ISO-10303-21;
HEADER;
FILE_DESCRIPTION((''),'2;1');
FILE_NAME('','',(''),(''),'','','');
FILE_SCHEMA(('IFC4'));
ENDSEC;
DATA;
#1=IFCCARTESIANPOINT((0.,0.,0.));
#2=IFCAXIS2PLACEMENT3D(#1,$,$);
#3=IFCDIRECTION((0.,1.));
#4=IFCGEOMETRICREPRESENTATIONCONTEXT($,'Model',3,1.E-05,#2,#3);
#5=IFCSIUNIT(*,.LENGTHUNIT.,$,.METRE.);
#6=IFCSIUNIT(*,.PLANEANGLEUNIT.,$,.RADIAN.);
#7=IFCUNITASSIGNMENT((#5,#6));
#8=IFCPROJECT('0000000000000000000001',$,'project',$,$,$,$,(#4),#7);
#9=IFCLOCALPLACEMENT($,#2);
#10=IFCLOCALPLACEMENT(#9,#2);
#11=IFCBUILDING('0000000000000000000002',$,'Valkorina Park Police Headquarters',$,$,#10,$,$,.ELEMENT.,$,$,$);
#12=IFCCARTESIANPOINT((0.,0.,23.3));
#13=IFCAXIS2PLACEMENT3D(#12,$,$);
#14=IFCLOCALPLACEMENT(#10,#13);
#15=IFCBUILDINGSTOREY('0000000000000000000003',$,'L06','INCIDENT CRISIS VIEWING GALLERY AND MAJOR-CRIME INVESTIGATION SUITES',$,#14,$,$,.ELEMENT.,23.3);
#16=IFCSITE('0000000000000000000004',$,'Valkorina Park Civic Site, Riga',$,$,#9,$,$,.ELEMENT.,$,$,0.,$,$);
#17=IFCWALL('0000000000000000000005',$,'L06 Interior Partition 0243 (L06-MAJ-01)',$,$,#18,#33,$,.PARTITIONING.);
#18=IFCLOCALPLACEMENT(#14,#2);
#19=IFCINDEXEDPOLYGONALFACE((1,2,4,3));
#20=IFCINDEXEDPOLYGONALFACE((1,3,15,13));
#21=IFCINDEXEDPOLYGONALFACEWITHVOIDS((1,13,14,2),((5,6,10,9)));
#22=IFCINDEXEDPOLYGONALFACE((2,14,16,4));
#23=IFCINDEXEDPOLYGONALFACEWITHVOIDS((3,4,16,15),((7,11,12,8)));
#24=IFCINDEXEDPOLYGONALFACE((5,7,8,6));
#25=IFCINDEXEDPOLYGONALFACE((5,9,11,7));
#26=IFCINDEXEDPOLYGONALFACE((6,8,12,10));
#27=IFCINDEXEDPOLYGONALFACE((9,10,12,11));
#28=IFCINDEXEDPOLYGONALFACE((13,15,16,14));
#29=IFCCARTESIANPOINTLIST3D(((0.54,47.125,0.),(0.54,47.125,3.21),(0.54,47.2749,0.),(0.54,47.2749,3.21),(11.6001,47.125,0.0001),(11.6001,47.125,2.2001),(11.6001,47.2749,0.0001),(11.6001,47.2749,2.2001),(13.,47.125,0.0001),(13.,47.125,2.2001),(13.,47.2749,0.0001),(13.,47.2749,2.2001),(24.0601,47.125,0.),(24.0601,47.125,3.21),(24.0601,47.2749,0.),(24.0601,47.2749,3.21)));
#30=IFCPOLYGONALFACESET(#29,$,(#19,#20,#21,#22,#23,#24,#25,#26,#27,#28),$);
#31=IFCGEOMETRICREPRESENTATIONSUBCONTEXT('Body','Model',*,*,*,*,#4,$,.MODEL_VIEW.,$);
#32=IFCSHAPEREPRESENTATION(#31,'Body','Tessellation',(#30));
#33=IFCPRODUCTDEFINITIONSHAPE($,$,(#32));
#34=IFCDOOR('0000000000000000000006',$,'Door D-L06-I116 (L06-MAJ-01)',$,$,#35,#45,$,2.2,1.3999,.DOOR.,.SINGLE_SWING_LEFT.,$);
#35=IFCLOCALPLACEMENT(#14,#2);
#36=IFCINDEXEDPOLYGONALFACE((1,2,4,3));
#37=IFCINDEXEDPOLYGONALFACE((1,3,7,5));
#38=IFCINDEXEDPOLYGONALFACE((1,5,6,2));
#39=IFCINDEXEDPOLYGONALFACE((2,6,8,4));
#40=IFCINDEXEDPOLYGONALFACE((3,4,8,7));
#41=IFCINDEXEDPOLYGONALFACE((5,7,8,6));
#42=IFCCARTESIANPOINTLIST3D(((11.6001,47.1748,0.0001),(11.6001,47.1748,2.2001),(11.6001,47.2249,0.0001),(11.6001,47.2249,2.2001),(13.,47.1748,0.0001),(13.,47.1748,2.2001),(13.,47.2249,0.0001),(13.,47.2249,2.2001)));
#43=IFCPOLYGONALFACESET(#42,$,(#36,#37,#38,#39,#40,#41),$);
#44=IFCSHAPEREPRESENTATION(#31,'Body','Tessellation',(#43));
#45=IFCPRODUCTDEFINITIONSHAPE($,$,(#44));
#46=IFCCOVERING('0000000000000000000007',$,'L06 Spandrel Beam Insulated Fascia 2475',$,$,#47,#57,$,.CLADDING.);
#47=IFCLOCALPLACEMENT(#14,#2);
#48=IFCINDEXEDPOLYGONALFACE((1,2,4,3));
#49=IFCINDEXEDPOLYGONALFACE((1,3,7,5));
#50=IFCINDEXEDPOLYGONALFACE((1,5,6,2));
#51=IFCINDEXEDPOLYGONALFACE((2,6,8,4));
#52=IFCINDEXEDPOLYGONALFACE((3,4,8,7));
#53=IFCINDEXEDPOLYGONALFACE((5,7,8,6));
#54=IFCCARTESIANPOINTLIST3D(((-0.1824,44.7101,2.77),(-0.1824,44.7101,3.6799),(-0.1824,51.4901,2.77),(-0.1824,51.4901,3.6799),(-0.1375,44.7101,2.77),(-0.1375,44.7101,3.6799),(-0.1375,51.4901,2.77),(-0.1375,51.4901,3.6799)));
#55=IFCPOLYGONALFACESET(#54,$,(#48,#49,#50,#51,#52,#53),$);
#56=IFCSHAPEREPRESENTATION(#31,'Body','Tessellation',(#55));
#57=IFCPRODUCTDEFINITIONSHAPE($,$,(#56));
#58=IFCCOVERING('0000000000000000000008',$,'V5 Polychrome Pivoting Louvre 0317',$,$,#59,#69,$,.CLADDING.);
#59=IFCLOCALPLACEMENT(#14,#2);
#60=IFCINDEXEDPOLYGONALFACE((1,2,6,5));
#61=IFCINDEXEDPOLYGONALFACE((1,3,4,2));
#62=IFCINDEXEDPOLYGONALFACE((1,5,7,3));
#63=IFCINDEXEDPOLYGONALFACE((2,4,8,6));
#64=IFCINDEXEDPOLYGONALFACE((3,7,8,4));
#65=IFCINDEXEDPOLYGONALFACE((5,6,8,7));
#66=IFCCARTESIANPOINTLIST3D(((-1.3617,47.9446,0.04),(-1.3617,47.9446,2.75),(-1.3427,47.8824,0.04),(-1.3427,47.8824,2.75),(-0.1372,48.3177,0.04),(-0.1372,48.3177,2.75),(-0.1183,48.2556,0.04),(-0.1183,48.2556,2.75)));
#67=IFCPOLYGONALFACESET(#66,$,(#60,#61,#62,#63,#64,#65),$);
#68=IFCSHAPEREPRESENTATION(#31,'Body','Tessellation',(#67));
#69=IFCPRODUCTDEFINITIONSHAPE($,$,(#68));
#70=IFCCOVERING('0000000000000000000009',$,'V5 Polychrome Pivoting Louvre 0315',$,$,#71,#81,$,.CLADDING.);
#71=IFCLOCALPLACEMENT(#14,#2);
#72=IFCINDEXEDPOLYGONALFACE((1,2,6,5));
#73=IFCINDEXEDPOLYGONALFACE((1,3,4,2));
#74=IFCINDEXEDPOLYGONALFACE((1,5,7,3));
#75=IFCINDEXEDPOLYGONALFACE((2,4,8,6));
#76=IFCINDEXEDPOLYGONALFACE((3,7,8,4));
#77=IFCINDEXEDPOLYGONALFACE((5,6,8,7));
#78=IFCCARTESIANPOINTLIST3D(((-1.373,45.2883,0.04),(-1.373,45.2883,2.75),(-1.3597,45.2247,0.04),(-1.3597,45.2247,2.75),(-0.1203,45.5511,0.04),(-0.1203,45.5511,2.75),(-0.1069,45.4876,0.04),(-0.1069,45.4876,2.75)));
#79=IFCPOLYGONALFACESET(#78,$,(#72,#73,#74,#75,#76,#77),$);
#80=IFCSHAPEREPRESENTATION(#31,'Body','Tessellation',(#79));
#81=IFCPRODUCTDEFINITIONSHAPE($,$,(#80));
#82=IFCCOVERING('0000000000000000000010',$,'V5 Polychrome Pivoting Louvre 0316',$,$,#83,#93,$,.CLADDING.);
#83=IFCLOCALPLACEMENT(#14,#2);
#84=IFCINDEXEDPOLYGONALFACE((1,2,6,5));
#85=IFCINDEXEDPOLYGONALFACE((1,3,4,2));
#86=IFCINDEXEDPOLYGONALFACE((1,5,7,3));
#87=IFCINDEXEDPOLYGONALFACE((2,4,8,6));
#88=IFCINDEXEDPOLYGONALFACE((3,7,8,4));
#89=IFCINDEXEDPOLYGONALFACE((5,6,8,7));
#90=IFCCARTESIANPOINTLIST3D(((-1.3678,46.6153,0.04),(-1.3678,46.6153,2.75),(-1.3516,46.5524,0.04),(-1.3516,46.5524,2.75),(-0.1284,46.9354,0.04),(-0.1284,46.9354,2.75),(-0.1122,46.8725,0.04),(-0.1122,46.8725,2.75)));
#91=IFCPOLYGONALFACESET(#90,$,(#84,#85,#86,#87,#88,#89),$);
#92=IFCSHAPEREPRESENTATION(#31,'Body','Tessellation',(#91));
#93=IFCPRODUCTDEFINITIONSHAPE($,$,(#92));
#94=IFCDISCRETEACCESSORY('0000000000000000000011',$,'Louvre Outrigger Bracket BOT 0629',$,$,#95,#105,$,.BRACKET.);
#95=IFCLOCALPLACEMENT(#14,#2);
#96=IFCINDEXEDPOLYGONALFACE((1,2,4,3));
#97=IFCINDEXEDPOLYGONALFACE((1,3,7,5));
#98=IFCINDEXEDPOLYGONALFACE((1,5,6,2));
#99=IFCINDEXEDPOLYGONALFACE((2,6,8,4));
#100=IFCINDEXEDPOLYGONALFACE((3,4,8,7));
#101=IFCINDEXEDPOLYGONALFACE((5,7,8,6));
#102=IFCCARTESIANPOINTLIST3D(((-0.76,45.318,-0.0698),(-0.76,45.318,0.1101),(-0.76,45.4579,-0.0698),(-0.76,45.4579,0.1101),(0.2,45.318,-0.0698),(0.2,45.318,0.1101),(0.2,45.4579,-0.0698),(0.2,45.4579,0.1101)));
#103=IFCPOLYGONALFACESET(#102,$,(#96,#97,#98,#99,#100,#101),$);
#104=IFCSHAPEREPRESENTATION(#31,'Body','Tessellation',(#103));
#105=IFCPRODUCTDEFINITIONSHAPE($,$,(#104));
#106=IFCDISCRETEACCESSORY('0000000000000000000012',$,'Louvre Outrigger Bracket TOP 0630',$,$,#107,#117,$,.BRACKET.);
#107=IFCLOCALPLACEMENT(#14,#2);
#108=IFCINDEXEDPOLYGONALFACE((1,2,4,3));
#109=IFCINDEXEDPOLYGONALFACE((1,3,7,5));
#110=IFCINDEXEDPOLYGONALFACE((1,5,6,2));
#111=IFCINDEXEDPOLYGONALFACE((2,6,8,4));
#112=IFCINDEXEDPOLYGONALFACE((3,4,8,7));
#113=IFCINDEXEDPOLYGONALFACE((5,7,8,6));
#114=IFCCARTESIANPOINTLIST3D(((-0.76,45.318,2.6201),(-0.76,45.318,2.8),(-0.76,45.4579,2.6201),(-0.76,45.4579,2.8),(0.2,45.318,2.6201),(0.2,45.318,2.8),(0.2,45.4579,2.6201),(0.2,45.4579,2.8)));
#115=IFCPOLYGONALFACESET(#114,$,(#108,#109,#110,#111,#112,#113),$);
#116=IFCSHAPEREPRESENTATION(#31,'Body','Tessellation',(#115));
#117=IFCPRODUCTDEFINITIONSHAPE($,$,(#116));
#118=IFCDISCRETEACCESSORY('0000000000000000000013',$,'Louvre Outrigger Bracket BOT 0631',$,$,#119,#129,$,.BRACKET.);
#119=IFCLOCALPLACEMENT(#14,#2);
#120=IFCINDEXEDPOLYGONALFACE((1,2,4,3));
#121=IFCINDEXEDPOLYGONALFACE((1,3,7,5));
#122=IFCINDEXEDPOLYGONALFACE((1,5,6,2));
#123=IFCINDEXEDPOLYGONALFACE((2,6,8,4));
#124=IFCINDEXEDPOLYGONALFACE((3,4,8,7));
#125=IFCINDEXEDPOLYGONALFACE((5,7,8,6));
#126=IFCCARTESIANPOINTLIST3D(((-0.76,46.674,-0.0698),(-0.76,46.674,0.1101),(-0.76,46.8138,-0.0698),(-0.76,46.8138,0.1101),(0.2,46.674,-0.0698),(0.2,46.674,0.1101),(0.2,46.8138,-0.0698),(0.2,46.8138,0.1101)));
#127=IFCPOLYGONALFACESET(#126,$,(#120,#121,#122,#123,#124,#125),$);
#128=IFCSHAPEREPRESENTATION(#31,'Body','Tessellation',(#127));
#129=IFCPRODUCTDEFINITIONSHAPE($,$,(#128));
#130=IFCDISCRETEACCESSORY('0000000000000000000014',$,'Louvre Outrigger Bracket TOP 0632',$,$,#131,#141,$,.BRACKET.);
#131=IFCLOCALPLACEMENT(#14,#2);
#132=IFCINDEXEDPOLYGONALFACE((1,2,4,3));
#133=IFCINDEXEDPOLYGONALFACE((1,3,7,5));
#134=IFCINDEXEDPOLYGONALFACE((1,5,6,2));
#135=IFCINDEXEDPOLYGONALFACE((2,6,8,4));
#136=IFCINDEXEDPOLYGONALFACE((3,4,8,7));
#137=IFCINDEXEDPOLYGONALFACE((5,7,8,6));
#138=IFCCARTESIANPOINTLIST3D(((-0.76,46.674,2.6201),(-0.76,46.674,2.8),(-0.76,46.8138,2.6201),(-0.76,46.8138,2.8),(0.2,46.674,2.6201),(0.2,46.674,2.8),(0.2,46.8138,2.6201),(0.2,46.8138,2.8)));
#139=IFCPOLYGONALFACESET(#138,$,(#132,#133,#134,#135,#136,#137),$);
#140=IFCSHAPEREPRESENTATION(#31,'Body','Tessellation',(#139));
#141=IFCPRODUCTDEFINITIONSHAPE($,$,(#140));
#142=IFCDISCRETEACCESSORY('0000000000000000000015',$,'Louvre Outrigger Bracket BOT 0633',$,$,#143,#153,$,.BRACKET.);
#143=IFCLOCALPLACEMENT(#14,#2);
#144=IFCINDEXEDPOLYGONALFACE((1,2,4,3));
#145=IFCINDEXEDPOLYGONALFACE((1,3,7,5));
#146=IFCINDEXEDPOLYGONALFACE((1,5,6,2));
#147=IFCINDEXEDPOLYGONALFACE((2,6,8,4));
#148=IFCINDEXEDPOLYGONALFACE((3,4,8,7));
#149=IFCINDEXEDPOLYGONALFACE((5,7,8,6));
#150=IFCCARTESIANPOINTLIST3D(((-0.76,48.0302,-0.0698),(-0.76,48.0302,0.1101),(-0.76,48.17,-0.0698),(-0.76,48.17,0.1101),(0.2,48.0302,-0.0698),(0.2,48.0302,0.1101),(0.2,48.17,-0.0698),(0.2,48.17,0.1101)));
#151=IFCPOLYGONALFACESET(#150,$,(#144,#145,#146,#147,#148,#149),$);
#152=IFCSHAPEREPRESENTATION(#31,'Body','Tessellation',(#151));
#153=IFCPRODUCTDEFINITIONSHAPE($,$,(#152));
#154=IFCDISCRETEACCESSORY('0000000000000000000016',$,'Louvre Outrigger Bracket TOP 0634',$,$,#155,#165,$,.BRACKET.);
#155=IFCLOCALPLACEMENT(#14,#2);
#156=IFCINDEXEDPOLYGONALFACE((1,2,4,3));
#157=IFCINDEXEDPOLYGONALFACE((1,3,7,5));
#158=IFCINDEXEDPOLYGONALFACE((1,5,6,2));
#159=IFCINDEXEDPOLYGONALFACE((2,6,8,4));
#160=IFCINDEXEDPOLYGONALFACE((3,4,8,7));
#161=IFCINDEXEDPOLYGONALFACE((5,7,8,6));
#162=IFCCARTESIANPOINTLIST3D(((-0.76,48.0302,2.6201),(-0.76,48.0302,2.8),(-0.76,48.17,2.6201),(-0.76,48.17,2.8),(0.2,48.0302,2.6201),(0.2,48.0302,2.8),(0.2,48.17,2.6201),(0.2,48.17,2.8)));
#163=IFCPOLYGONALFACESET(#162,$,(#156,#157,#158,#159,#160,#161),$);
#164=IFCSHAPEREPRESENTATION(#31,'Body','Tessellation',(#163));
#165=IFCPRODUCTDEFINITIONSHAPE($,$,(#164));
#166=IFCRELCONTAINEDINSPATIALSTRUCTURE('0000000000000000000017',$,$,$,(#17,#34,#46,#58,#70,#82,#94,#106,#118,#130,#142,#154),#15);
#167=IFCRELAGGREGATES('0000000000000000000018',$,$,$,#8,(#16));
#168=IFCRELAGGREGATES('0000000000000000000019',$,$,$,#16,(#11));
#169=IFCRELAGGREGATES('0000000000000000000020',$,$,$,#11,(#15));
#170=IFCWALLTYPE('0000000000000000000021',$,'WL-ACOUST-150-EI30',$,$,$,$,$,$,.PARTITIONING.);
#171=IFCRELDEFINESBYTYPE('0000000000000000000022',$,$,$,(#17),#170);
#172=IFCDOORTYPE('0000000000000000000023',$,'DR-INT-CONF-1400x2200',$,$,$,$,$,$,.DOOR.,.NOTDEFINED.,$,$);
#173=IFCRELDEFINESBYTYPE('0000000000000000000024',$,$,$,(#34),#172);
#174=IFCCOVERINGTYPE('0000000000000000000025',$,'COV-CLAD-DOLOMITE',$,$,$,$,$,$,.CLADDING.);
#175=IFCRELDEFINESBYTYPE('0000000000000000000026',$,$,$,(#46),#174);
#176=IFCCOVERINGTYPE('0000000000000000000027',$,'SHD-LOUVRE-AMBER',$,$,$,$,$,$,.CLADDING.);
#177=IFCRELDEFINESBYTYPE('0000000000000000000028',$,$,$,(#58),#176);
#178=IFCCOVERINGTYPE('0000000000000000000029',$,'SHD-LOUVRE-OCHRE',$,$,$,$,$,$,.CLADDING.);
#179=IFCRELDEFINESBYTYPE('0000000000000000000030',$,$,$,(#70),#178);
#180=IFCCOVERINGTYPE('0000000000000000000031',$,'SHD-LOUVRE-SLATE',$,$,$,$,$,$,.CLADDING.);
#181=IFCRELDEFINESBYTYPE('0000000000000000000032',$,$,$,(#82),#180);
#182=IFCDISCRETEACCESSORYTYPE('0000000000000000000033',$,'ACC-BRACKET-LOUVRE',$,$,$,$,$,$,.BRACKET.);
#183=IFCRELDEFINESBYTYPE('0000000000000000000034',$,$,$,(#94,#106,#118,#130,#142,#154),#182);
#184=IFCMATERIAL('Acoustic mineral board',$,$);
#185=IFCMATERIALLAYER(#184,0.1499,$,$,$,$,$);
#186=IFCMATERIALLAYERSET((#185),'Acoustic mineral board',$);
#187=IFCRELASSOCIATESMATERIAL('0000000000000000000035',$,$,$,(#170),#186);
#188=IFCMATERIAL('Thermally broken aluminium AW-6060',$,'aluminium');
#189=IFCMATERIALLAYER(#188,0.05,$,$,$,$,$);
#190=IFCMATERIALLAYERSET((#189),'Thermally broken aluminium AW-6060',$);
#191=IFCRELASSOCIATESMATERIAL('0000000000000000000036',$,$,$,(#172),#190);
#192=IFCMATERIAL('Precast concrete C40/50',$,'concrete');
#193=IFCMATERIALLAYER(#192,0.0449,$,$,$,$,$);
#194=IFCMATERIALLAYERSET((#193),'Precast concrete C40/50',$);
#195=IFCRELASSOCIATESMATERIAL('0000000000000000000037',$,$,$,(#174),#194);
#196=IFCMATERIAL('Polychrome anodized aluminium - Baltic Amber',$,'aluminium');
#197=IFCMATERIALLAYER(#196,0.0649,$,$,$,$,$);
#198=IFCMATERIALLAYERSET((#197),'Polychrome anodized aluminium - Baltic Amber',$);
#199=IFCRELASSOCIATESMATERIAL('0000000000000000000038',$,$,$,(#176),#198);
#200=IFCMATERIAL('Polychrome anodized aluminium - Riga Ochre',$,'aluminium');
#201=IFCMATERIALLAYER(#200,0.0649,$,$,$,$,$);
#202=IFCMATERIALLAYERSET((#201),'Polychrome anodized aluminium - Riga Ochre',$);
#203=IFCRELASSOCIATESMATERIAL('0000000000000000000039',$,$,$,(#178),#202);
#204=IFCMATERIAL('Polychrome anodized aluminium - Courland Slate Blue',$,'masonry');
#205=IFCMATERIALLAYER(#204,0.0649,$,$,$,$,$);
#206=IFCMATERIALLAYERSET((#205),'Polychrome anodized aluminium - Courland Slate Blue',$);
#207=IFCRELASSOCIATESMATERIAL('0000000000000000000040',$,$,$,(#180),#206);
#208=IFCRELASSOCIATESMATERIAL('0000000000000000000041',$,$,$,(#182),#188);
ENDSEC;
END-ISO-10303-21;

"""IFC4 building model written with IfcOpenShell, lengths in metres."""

from ifc_helpers import new_model, si_unit, direction, frame, frame_2d, origin, origin_2d, place, context, subcontext, project, spatial, rectangle, extrude, material, layer, layer_set, type_object, element, fill, save


model = new_model("IFC4")

# Units and contexts
model_context = context("Model", 3, precision=1e-05, world=origin(), true_north=direction((0.0, 1.0)))
body_context = subcontext(model_context, "Body", "Model", "MODEL_VIEW")
ifc_project = project(units=[si_unit("LENGTHUNIT", "METRE"), si_unit("PLANEANGLEUNIT", "RADIAN")], contexts=[model_context])

# Site, building, storey
site_placement = place(None, origin())
site = spatial("IfcSite", under=ifc_project, at=site_placement, Name="Valkorina Park Civic Site, Riga", CompositionType="ELEMENT", RefElevation=0.0)
building_placement = place(site_placement, origin())
building = spatial("IfcBuilding", under=site, at=building_placement, Name="Valkorina Park Police Headquarters", CompositionType="ELEMENT")
storey_placement = place(building_placement, frame((0.0, 0.0, 23.3)))
storey = spatial("IfcBuildingStorey", under=building, at=storey_placement, Name="L06", Description="INCIDENT CRISIS VIEWING GALLERY AND MAJOR-CRIME INVESTIGATION SUITES", CompositionType="ELEMENT", Elevation=23.3)

# Shared definitions
ifc_material_1 = material(Name="Thermally broken aluminium AW-6060", Category="aluminium")

# Wall, opening, door
ifc_material_2 = material(Name="Acoustic mineral board")
ifc_layer_1 = layer(ifc_material_2, 0.1499)
ifc_layer_set_1 = layer_set([ifc_layer_1], Name="Acoustic mineral board")
wall_type = type_object("IfcWallType", Name="WL-ACOUST-150-EI30", PredefinedType="PARTITIONING", material=ifc_layer_set_1)
wall_placement = place(storey_placement, frame((0.54, 47.2, 0.0), z_axis=(0.0, 0.0, 1.0), x_axis=(1.0, 0.0, 0.0)))
wall = element("IfcWall", 1, at=wall_placement, inside=storey, type_object=wall_type, Name="L06 Interior Partition 0243 (L06-MAJ-01)", PredefinedType="PARTITIONING", context=body_context, shape_type="SweptSolid", body=[
    extrude(rectangle(XDim=23.52, YDim=0.1499, at=frame_2d((11.76, 0.0))), origin(), (0.0, 0.0, 1.0), 3.21),
])
opening_placement = place(wall_placement, frame((11.0601, 0.0, 0.0)))
opening = element("IfcOpeningElement", 2, at=opening_placement, cuts=wall, PredefinedType="OPENING", context=body_context, shape_type="SweptSolid", body=[
    extrude(rectangle(XDim=1.3999, YDim=2.2, at=frame_2d((0.7, 1.1001))), frame((0.0, 0.085, 0.0), z_axis=(0.0, -1.0, 0.0), x_axis=(1.0, 0.0, 0.0)), (0.0, 0.0, 1.0), 0.1699),
])
ifc_layer_2 = layer(ifc_material_1, 0.05)
ifc_layer_set_2 = layer_set([ifc_layer_2], Name="Thermally broken aluminium AW-6060")
door_type = type_object("IfcDoorType", Name="DR-INT-CONF-1400x2200", OperationType="NOTDEFINED", PredefinedType="DOOR", material=ifc_layer_set_2)
door_placement = place(opening_placement, origin())
door = element("IfcDoor", 3, at=door_placement, inside=storey, type_object=door_type, Name="Door D-L06-I116 (L06-MAJ-01)", OperationType="SINGLE_SWING_LEFT", OverallHeight=2.2, OverallWidth=1.3999, PredefinedType="DOOR", context=body_context, shape_type="SweptSolid", body=[
    extrude(rectangle(XDim=1.3999, YDim=2.2, at=frame_2d((0.7, 1.1001))), frame((0.0, 0.0249, 0.0), z_axis=(0.0, -1.0, 0.0), x_axis=(1.0, 0.0, 0.0)), (0.0, 0.0, 1.0), 0.05),
])
fill(opening, door)

# Coverings
ifc_material_3 = material(Name="Precast concrete C40/50", Category="concrete")
ifc_layer_3 = layer(ifc_material_3, 0.0449)
ifc_layer_set_3 = layer_set([ifc_layer_3], Name="Precast concrete C40/50")
covering_type_1 = type_object("IfcCoveringType", Name="COV-CLAD-DOLOMITE", PredefinedType="CLADDING", material=ifc_layer_set_3)
covering_1_placement = place(storey_placement, frame((-0.1599, 44.71, 2.77), z_axis=(0.0, 0.0, 1.0), x_axis=(0.0, 1.0, 0.0)))
element("IfcCovering", 4, at=covering_1_placement, inside=storey, type_object=covering_type_1, Name="L06 Spandrel Beam Insulated Fascia 2475", PredefinedType="CLADDING", context=body_context, shape_type="SweptSolid", body=[
    extrude(rectangle(XDim=6.78, YDim=0.0449, at=frame_2d((3.3901, 0.0))), origin(), (0.0, 0.0, 1.0), 0.9099),
])
ifc_material_4 = material(Name="Polychrome anodized aluminium - Baltic Amber", Category="aluminium")
ifc_layer_4 = layer(ifc_material_4, 0.0649)
ifc_layer_set_4 = layer_set([ifc_layer_4], Name="Polychrome anodized aluminium - Baltic Amber")
covering_type_2 = type_object("IfcCoveringType", Name="SHD-LOUVRE-AMBER", PredefinedType="CLADDING", material=ifc_layer_set_4)
covering_2_placement = place(storey_placement, frame((-0.74, 48.1001, 0.04), z_axis=(0.0, 0.0, 1.0), x_axis=(-0.95656, -0.291537, 0.0)))
element("IfcCovering", 5, at=covering_2_placement, inside=storey, type_object=covering_type_2, Name="V5 Polychrome Pivoting Louvre 0317", PredefinedType="CLADDING", context=body_context, shape_type="SweptSolid", body=[
    extrude(rectangle(XDim=1.28, YDim=0.0649, at=origin_2d()), origin(), (0.0, 0.0, 1.0), 2.71),
])
ifc_material_5 = material(Name="Polychrome anodized aluminium - Riga Ochre", Category="aluminium")
ifc_layer_5 = layer(ifc_material_5, 0.0649)
ifc_layer_set_5 = layer_set([ifc_layer_5], Name="Polychrome anodized aluminium - Riga Ochre")
covering_type_3 = type_object("IfcCoveringType", Name="SHD-LOUVRE-OCHRE", PredefinedType="CLADDING", material=ifc_layer_set_5)
covering_3_placement = place(storey_placement, frame((-0.74, 45.3879, 0.04), z_axis=(0.0, 0.0, 1.0), x_axis=(-0.978689, -0.20535, 0.0)))
element("IfcCovering", 6, at=covering_3_placement, inside=storey, type_object=covering_type_3, Name="V5 Polychrome Pivoting Louvre 0315", PredefinedType="CLADDING", context=body_context, shape_type="SweptSolid", body=[
    extrude(rectangle(XDim=1.28, YDim=0.0649, at=origin_2d()), origin(), (0.0, 0.0, 1.0), 2.71),
])
ifc_material_6 = material(Name="Polychrome anodized aluminium - Courland Slate Blue", Category="masonry")
ifc_layer_6 = layer(ifc_material_6, 0.0649)
ifc_layer_set_6 = layer_set([ifc_layer_6], Name="Polychrome anodized aluminium - Courland Slate Blue")
covering_type_4 = type_object("IfcCoveringType", Name="SHD-LOUVRE-SLATE", PredefinedType="CLADDING", material=ifc_layer_set_6)
covering_4_placement = place(storey_placement, frame((-0.74, 46.7439, 0.04), z_axis=(0.0, 0.0, 1.0), x_axis=(-0.968235, -0.250042, 0.0)))
element("IfcCovering", 7, at=covering_4_placement, inside=storey, type_object=covering_type_4, Name="V5 Polychrome Pivoting Louvre 0316", PredefinedType="CLADDING", context=body_context, shape_type="SweptSolid", body=[
    extrude(rectangle(XDim=1.28, YDim=0.0649, at=origin_2d()), origin(), (0.0, 0.0, 1.0), 2.71),
])

# Discrete accessories
discrete_accessory_type = type_object("IfcDiscreteAccessoryType", Name="ACC-BRACKET-LOUVRE", PredefinedType="BRACKET", material=ifc_material_1)
for number, where, z_axis, x_axis, name in (
    (8, (-0.28, 45.3879, -0.0698), (0.0, 0.0, 1.0), (-1.0, 0.0, 0.0), "Louvre Outrigger Bracket BOT 0629"),
    (9, (-0.28, 45.3879, 2.6201), (0.0, 0.0, 1.0), (-1.0, 0.0, 0.0), "Louvre Outrigger Bracket TOP 0630"),
    (10, (-0.28, 46.7439, -0.0698), (0.0, 0.0, 1.0), (-1.0, 0.0, 0.0), "Louvre Outrigger Bracket BOT 0631"),
    (11, (-0.28, 46.7439, 2.6201), (0.0, 0.0, 1.0), (-1.0, 0.0, 0.0), "Louvre Outrigger Bracket TOP 0632"),
    (12, (-0.28, 48.1001, -0.0698), (0.0, 0.0, 1.0), (-1.0, 0.0, 0.0), "Louvre Outrigger Bracket BOT 0633"),
    (13, (-0.28, 48.1001, 2.6201), (0.0, 0.0, 1.0), (-1.0, 0.0, 0.0), "Louvre Outrigger Bracket TOP 0634"),
):
    element("IfcDiscreteAccessory", number, at=place(storey_placement, frame(where, z_axis=z_axis, x_axis=x_axis)), inside=storey, type_object=discrete_accessory_type, Name=name, PredefinedType="BRACKET", context=body_context, shape_type="SweptSolid", body=[
        extrude(rectangle(XDim=0.96, YDim=0.1399, at=origin_2d()), origin(), (0.0, 0.0, 1.0), 0.1799),
    ])

save(model, "model.ifc")
